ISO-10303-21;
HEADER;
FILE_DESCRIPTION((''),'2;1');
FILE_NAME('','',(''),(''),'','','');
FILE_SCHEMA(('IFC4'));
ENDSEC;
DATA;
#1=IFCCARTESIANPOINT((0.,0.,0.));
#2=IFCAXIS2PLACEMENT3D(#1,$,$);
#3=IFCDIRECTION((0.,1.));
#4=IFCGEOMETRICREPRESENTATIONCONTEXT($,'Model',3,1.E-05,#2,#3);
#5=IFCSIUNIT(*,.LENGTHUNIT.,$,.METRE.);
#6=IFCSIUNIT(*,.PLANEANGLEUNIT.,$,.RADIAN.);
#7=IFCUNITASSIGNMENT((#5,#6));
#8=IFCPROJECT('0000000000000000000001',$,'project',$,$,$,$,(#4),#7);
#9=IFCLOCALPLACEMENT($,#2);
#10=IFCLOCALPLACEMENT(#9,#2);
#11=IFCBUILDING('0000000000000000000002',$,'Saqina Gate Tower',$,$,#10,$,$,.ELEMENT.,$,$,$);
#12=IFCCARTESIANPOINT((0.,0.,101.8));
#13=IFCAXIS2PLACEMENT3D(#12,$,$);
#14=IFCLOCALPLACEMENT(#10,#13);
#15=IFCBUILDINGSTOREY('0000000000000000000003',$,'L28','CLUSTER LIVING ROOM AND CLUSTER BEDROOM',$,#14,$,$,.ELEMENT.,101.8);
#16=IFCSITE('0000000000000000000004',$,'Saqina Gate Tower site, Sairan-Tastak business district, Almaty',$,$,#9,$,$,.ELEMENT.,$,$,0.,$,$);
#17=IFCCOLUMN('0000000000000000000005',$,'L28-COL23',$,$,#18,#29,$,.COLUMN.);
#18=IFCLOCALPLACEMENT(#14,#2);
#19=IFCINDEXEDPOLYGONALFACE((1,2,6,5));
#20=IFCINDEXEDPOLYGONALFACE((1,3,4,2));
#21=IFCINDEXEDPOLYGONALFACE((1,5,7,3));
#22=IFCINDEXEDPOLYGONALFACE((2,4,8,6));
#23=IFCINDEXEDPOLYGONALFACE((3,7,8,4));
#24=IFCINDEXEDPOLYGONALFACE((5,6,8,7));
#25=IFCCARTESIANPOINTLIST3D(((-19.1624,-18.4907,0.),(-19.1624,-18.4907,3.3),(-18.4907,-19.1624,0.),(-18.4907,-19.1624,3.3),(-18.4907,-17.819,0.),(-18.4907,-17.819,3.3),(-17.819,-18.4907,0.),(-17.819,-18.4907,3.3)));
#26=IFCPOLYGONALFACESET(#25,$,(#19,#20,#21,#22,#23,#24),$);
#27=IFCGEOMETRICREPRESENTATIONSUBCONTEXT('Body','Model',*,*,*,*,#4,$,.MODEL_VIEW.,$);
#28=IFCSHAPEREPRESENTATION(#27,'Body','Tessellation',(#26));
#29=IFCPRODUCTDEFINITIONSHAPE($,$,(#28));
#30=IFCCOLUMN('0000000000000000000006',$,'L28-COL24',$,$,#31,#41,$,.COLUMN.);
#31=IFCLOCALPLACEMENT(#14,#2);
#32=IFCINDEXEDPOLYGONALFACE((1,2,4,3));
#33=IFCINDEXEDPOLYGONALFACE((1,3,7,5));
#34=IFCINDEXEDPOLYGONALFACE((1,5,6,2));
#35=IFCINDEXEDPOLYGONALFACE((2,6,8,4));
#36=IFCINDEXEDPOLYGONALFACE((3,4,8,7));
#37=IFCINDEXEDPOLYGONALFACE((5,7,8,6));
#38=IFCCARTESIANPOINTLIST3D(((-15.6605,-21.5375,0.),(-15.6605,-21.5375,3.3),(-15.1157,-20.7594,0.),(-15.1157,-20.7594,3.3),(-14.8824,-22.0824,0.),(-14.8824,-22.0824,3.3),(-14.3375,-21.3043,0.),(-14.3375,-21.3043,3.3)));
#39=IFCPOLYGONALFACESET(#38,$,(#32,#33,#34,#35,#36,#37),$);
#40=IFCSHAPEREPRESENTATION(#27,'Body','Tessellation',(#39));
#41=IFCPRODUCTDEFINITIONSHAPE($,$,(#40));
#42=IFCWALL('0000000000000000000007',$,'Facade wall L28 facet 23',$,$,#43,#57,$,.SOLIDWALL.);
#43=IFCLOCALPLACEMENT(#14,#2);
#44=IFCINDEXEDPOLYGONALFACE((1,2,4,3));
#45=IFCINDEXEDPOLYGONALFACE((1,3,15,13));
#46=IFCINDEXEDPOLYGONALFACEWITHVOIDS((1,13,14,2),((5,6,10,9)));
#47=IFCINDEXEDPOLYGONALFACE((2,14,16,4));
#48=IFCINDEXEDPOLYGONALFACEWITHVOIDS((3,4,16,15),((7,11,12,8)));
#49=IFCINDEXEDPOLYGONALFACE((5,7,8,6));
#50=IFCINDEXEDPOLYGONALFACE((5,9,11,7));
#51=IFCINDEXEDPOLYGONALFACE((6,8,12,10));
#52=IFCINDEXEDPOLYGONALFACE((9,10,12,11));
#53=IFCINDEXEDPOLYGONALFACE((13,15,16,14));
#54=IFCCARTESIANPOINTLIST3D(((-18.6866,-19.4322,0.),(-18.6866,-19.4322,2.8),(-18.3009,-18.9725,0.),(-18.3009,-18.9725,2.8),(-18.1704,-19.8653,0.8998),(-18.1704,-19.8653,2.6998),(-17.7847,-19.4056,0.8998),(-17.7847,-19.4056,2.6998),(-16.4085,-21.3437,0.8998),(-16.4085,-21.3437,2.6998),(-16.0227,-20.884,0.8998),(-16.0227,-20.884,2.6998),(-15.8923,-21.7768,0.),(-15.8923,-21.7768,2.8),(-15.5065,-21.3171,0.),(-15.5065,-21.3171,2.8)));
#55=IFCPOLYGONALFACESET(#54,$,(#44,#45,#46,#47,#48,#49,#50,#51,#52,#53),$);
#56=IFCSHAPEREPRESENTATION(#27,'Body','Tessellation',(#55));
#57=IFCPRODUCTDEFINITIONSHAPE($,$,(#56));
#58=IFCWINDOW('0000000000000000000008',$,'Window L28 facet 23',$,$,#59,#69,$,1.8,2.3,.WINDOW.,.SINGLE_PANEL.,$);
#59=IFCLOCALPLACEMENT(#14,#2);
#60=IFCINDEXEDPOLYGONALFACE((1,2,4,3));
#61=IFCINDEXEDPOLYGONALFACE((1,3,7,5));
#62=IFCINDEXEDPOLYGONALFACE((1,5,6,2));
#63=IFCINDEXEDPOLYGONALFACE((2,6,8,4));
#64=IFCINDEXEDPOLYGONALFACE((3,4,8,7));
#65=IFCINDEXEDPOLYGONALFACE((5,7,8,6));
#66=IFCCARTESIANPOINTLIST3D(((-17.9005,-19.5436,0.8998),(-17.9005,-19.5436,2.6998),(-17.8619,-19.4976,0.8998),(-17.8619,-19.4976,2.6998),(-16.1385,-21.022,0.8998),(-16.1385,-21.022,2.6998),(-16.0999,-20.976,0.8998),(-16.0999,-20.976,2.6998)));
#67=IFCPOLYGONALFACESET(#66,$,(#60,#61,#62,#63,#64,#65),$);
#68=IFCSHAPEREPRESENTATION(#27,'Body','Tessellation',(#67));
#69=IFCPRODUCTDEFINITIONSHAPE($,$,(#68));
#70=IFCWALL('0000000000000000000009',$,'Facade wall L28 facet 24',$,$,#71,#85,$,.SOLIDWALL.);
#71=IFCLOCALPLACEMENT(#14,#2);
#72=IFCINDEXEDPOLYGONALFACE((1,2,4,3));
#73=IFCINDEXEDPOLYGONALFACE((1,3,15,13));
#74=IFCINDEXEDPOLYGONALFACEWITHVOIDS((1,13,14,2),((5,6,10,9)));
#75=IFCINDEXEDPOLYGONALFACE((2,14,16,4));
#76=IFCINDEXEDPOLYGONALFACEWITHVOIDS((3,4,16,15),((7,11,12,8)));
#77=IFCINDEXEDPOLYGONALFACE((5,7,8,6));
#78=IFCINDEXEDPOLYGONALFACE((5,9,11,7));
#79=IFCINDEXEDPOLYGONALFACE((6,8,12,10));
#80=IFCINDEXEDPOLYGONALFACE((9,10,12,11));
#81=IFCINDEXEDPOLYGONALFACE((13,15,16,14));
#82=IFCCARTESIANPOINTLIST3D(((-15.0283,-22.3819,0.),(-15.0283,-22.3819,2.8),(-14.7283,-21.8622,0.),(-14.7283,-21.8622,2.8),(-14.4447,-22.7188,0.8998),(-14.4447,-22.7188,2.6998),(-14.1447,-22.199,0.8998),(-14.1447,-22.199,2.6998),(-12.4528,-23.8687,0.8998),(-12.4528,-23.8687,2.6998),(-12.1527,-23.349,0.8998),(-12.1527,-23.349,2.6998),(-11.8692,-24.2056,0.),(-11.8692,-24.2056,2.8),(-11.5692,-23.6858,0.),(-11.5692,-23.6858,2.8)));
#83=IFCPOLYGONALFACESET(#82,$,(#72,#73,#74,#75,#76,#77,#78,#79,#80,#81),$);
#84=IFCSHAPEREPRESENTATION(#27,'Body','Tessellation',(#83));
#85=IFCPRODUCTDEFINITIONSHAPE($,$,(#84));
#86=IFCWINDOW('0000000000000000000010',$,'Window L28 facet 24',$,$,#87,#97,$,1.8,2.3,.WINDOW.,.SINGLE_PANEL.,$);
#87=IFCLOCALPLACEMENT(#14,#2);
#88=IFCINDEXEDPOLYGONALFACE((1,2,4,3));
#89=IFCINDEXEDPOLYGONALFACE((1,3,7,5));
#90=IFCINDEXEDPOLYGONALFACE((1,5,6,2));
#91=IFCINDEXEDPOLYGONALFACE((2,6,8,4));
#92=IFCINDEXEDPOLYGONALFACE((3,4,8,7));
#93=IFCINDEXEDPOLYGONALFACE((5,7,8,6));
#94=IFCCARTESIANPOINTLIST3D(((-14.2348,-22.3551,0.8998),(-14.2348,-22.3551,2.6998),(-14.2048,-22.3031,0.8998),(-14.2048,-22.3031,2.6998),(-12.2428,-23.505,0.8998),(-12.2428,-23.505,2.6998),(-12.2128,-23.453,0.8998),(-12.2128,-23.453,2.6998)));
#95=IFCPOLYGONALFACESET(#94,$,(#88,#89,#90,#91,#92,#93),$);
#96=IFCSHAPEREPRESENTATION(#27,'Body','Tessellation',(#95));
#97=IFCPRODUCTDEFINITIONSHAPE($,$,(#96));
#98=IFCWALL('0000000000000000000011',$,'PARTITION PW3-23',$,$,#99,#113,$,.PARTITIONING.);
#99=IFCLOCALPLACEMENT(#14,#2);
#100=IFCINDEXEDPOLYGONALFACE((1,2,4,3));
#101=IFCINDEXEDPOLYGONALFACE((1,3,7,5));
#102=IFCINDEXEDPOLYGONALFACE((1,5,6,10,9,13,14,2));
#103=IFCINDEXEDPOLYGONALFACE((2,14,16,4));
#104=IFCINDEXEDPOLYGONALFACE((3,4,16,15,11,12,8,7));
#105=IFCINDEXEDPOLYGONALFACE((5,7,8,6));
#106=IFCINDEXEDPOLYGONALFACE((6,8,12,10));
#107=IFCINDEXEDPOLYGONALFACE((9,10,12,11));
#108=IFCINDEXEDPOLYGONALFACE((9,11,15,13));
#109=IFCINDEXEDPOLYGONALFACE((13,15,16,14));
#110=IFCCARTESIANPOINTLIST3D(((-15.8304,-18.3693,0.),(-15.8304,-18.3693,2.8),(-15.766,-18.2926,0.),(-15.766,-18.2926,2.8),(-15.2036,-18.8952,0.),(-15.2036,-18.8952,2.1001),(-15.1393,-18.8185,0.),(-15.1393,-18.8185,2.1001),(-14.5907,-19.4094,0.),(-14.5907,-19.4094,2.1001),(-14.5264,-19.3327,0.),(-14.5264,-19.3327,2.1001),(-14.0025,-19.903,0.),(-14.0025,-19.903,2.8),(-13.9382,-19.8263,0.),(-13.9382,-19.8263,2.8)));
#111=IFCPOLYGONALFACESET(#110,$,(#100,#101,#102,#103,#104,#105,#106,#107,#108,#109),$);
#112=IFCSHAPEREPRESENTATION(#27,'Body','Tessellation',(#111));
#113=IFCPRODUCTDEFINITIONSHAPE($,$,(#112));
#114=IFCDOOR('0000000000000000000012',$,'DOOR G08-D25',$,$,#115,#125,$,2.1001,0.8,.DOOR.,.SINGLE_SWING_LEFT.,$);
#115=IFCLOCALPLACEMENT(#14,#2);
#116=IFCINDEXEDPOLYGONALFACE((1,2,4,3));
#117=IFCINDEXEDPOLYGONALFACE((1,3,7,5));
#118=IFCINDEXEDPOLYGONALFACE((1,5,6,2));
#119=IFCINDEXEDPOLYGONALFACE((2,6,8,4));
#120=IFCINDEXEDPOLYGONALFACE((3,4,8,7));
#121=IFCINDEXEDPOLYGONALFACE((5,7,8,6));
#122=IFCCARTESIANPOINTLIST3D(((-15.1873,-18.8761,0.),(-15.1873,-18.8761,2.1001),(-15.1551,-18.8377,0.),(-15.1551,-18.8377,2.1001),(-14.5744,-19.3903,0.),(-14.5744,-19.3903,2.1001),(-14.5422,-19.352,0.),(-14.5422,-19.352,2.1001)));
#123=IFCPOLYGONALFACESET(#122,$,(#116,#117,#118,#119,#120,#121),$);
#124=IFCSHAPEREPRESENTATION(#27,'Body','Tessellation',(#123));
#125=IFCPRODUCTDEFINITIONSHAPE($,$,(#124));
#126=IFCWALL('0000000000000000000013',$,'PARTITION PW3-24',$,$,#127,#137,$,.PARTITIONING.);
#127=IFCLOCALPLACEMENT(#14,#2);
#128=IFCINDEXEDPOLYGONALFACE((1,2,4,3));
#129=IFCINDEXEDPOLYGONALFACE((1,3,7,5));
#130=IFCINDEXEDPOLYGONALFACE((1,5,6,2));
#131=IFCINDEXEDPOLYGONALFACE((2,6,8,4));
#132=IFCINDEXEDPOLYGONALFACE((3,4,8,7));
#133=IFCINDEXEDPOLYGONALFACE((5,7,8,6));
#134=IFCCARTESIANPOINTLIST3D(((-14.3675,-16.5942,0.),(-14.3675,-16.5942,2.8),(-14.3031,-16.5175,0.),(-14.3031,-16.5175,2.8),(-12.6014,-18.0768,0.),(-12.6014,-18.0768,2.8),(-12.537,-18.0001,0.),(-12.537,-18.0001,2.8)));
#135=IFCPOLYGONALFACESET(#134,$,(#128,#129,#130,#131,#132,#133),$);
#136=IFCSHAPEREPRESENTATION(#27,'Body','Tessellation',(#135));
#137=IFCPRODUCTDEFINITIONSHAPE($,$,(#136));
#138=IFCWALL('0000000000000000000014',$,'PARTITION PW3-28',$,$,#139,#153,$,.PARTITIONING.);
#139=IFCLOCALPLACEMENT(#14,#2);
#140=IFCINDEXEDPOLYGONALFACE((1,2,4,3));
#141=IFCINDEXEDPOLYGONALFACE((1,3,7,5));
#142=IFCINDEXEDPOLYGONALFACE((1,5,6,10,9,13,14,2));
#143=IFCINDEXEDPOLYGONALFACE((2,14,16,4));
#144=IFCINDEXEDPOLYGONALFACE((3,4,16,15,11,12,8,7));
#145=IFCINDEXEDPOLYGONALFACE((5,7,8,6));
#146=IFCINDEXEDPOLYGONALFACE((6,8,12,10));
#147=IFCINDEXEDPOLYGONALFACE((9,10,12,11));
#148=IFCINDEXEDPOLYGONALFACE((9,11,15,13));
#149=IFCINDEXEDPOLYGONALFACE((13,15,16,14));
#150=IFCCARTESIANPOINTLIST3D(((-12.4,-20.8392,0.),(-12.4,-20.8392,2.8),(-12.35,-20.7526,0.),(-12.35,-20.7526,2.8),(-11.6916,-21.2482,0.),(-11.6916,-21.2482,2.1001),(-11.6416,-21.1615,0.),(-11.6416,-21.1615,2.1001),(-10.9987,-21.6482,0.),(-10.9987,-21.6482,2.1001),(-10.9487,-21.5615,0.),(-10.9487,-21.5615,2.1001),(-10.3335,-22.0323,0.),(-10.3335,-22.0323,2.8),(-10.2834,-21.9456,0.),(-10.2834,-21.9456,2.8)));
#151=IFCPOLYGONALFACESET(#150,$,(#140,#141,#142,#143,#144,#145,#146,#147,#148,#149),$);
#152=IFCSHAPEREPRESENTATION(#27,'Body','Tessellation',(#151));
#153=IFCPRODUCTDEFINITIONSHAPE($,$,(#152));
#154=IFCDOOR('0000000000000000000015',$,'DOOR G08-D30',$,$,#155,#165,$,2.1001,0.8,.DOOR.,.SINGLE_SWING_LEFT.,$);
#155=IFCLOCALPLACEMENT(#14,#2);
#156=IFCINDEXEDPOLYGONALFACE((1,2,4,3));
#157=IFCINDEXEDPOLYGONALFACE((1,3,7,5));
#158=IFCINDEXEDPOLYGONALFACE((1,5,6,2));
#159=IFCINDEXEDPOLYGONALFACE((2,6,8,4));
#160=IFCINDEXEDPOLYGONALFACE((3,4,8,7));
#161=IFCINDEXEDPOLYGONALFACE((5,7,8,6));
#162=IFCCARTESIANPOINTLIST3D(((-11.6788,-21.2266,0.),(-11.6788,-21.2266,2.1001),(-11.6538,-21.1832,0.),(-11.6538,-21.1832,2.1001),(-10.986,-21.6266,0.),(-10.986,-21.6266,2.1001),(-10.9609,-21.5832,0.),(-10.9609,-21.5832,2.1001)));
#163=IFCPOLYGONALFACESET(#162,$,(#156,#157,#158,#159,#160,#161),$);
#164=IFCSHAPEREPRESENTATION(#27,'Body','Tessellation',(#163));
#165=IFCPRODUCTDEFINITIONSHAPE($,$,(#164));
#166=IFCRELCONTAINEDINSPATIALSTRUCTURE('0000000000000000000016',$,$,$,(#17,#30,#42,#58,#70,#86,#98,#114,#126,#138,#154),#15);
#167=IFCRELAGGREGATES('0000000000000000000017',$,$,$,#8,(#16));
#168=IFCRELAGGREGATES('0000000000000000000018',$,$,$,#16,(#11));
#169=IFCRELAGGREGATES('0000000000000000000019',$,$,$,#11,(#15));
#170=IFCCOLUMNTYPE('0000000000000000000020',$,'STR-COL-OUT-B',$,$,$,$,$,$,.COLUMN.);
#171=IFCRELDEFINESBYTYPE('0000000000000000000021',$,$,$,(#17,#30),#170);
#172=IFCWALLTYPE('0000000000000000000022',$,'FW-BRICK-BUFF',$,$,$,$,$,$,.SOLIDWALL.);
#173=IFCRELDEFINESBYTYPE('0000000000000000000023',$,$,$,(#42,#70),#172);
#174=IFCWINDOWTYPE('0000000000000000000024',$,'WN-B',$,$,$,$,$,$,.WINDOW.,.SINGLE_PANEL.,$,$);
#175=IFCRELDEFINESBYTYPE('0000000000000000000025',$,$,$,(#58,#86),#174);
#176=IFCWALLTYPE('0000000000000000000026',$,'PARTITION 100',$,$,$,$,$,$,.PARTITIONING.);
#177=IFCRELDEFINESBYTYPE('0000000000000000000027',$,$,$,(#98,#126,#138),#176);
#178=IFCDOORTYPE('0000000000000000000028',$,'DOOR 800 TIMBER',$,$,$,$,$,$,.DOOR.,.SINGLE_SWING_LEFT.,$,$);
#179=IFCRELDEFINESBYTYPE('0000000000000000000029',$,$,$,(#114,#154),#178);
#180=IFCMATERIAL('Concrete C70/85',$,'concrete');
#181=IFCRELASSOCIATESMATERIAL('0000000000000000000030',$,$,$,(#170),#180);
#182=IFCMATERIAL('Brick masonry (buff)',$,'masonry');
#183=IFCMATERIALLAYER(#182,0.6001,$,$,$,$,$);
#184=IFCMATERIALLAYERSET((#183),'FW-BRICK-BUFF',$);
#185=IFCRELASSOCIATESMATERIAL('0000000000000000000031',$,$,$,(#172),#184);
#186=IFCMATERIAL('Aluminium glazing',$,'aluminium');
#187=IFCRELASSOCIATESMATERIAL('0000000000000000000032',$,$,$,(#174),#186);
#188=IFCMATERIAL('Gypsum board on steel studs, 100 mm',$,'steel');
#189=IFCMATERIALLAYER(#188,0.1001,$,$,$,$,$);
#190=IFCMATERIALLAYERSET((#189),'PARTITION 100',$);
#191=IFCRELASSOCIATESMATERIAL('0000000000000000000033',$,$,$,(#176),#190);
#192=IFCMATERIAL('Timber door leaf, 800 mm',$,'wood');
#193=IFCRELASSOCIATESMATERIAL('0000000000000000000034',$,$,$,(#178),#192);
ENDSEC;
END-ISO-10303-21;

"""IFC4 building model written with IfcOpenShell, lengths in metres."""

from ifc_helpers import new_model, si_unit, direction, frame, frame_2d, origin, origin_2d, place, context, subcontext, project, spatial, rectangle, extrude, material, layer, layer_set, material_profile, profile_set, type_object, element, fill, save


model = new_model("IFC4")

# Units and contexts
model_context = context("Model", 3, precision=1e-05, world=origin(), true_north=direction((0.0, 1.0)))
body_context = subcontext(model_context, "Body", "Model", "MODEL_VIEW")
ifc_project = project(units=[si_unit("LENGTHUNIT", "METRE"), si_unit("PLANEANGLEUNIT", "RADIAN")], contexts=[model_context])

# Site, building, storey
site_placement = place(None, origin())
site = spatial("IfcSite", under=ifc_project, at=site_placement, Name="Saqina Gate Tower site, Sairan-Tastak business district, Almaty", CompositionType="ELEMENT", RefElevation=0.0)
building_placement = place(site_placement, origin())
building = spatial("IfcBuilding", under=site, at=building_placement, Name="Saqina Gate Tower", CompositionType="ELEMENT")
storey_placement = place(building_placement, frame((0.0, 0.0, 101.8)))
storey = spatial("IfcBuildingStorey", under=building, at=storey_placement, Name="L28", Description="CLUSTER LIVING ROOM AND CLUSTER BEDROOM", CompositionType="ELEMENT", Elevation=101.8)

# Columns
ifc_material_1 = material(Name="Concrete C70/85", Category="concrete")
ifc_material_profile = material_profile(ifc_material_1, rectangle(XDim=0.95, YDim=0.95, at=origin_2d()), Name="RC 950x950")
ifc_profile_set = profile_set([ifc_material_profile], Name="Concrete C70/85")
column_type = type_object("IfcColumnType", Name="STR-COL-OUT-B", PredefinedType="COLUMN", material=ifc_profile_set)
for number, where, z_axis, x_axis, name in (
    (1, (-18.4907, -18.4907, 0.0), (0.0, 0.0, 1.0), (-0.707107, -0.707107, 0.0), "L28-COL23"),
    (2, (-14.999, -21.4209, 0.0), (0.0, 0.0, 1.0), (-0.573576, -0.819152, 0.0), "L28-COL24"),
):
    element("IfcColumn", number, at=place(storey_placement, frame(where, z_axis=z_axis, x_axis=x_axis)), inside=storey, type_object=column_type, Name=name, PredefinedType="COLUMN", context=body_context, shape_type="SweptSolid", body=[
        extrude(rectangle(XDim=0.95, YDim=0.95, at=origin_2d()), origin(), (0.0, 0.0, 1.0), 3.3),
    ])

# Walls, openings, windows
ifc_material_2 = material(Name="Brick masonry (buff)", Category="masonry")
ifc_layer_1 = layer(ifc_material_2, 0.6001)
ifc_layer_set_1 = layer_set([ifc_layer_1], Name="FW-BRICK-BUFF")
wall_type_1 = type_object("IfcWallType", Name="FW-BRICK-BUFF", PredefinedType="SOLIDWALL", material=ifc_layer_set_1)
wall_1_placement = place(storey_placement, frame((-18.4937, -19.2024, 0.0), z_axis=(0.0, 0.0, 1.0), x_axis=(0.766055, -0.642774, 0.0)))
wall_1 = element("IfcWall", 3, at=wall_1_placement, inside=storey, type_object=wall_type_1, Name="Facade wall L28 facet 23", PredefinedType="SOLIDWALL", context=body_context, shape_type="SweptSolid", body=[
    extrude(rectangle(XDim=3.6477, YDim=0.6001, at=frame_2d((1.8237, 0.0))), origin(), (0.0, 0.0, 1.0), 2.8),
])
opening_1_placement = place(wall_1_placement, frame((0.6738, 0.0, 0.8999)))
opening_1 = element("IfcOpeningElement", 4, at=opening_1_placement, cuts=wall_1, PredefinedType="OPENING", context=body_context, shape_type="SweptSolid", body=[
    extrude(rectangle(XDim=2.3, YDim=1.8, at=frame_2d((1.1499, 0.8999))), frame((0.0, 0.312, 0.0), z_axis=(0.0, -1.0, 0.0), x_axis=(1.0, 0.0, 0.0)), (0.0, 0.0, 1.0), 0.624),
])
ifc_material_3 = material(Name="Aluminium glazing", Category="aluminium")
window_type = type_object("IfcWindowType", Name="WN-B", PartitioningType="SINGLE_PANEL", PredefinedType="WINDOW", material=ifc_material_3)
window_1_placement = place(opening_1_placement, origin())
window_1 = element("IfcWindow", 5, at=window_1_placement, inside=storey, type_object=window_type, Name="Window L28 facet 23", OverallHeight=1.8, OverallWidth=2.3, PartitioningType="SINGLE_PANEL", PredefinedType="WINDOW", context=body_context, shape_type="SweptSolid", body=[
    extrude(rectangle(XDim=2.3, YDim=1.8, at=frame_2d((1.1499, 0.8999))), frame((0.0, 0.1799, 0.0), z_axis=(0.0, -1.0, 0.0), x_axis=(1.0, 0.0, 0.0)), (0.0, 0.0, 1.0), 0.0601),
])
fill(opening_1, window_1)
wall_2_placement = place(storey_placement, frame((-14.8782, -22.1221, 0.0), z_axis=(0.0, 0.0, 1.0), x_axis=(0.866052, -0.499954, 0.0)))
wall_2 = element("IfcWall", 6, at=wall_2_placement, inside=storey, type_object=wall_type_1, Name="Facade wall L28 facet 24", PredefinedType="SOLIDWALL", context=body_context, shape_type="SweptSolid", body=[
    extrude(rectangle(XDim=3.6477, YDim=0.6001, at=frame_2d((1.8237, 0.0))), origin(), (0.0, 0.0, 1.0), 2.8),
])
opening_2_placement = place(wall_2_placement, frame((0.6738, 0.0, 0.8999)))
opening_2 = element("IfcOpeningElement", 7, at=opening_2_placement, cuts=wall_2, PredefinedType="OPENING", context=body_context, shape_type="SweptSolid", body=[
    extrude(rectangle(XDim=2.3, YDim=1.8, at=frame_2d((1.1499, 0.8999))), frame((0.0, 0.312, 0.0), z_axis=(0.0, -1.0, 0.0), x_axis=(1.0, 0.0, 0.0)), (0.0, 0.0, 1.0), 0.624),
])
window_2_placement = place(opening_2_placement, origin())
window_2 = element("IfcWindow", 8, at=window_2_placement, inside=storey, type_object=window_type, Name="Window L28 facet 24", OverallHeight=1.8, OverallWidth=2.3, PartitioningType="SINGLE_PANEL", PredefinedType="WINDOW", context=body_context, shape_type="SweptSolid", body=[
    extrude(rectangle(XDim=2.3, YDim=1.8, at=frame_2d((1.1499, 0.8999))), frame((0.0, 0.1799, 0.0), z_axis=(0.0, -1.0, 0.0), x_axis=(1.0, 0.0, 0.0)), (0.0, 0.0, 1.0), 0.0601),
])
fill(opening_2, window_2)

# Wall, opening, door
ifc_material_4 = material(Name="Gypsum board on steel studs, 100 mm", Category="steel")
ifc_layer_2 = layer(ifc_material_4, 0.1001)
ifc_layer_set_2 = layer_set([ifc_layer_2], Name="PARTITION 100")
wall_type_2 = type_object("IfcWallType", Name="PARTITION 100", PredefinedType="PARTITIONING", material=ifc_layer_set_2)
wall_3_placement = place(storey_placement, frame((-15.7981, -18.3311, 0.0), z_axis=(0.0, 0.0, 1.0), x_axis=(0.766062, -0.642767, 0.0)))
wall_3 = element("IfcWall", 9, at=wall_3_placement, inside=storey, type_object=wall_type_2, Name="PARTITION PW3-23", PredefinedType="PARTITIONING", context=body_context, shape_type="SweptSolid", body=[
    extrude(rectangle(XDim=2.386, YDim=0.1001, at=frame_2d((1.1929, 0.0))), origin(), (0.0, 0.0, 1.0), 2.8),
])
opening_3_placement = place(wall_3_placement, frame((0.8181, 0.0, 0.0)))
opening_3 = element("IfcOpeningElement", 10, at=opening_3_placement, cuts=wall_3, PredefinedType="OPENING", context=body_context, shape_type="SweptSolid", body=[
    extrude(rectangle(XDim=0.8, YDim=2.1001, at=frame_2d((0.3999, 1.05))), frame((0.0, 0.062, 0.0), z_axis=(0.0, -1.0, 0.0), x_axis=(1.0, 0.0, 0.0)), (0.0, 0.0, 1.0), 0.124),
])
ifc_material_5 = material(Name="Timber door leaf, 800 mm", Category="wood")
door_type_1 = type_object("IfcDoorType", Name="DOOR 800 TIMBER", OperationType="SINGLE_SWING_LEFT", PredefinedType="DOOR", material=ifc_material_5)
door_1_placement = place(opening_3_placement, frame((0.8, 0.0, 0.0), z_axis=(0.0, 0.0, 1.0), x_axis=(-1.0, 0.0, 0.0)))
door_1 = element("IfcDoor", 11, at=door_1_placement, inside=storey, type_object=door_type_1, Name="DOOR G08-D25", OperationType="SINGLE_SWING_LEFT", OverallHeight=2.1001, OverallWidth=0.8, PredefinedType="DOOR", context=body_context, shape_type="SweptSolid", body=[
    extrude(rectangle(XDim=0.8, YDim=2.1001, at=frame_2d((0.3999, 1.05))), frame((0.0, 0.0249, 0.0), z_axis=(0.0, -1.0, 0.0), x_axis=(1.0, 0.0, 0.0)), (0.0, 0.0, 1.0), 0.05),
])
fill(opening_3, door_1)

# Wall
wall_4_placement = place(storey_placement, frame((-14.3352, -16.5559, 0.0), z_axis=(0.0, 0.0, 1.0), x_axis=(0.76589, -0.642971, 0.0)))
element("IfcWall", 12, at=wall_4_placement, inside=storey, type_object=wall_type_2, Name="PARTITION PW3-24", PredefinedType="PARTITIONING", context=body_context, shape_type="SweptSolid", body=[
    extrude(rectangle(XDim=2.3059, YDim=0.1001, at=frame_2d((1.1528, 0.0))), origin(), (0.0, 0.0, 1.0), 2.8),
])

# Wall, opening, door
wall_5_placement = place(storey_placement, frame((-12.375, -20.7959, 0.0), z_axis=(0.0, 0.0, 1.0), x_axis=(0.866037, -0.499979, 0.0)))
wall_5 = element("IfcWall", 13, at=wall_5_placement, inside=storey, type_object=wall_type_2, Name="PARTITION PW3-28", PredefinedType="PARTITIONING", context=body_context, shape_type="SweptSolid", body=[
    extrude(rectangle(XDim=2.3862, YDim=0.1001, at=frame_2d((1.1931, 0.0))), origin(), (0.0, 0.0, 1.0), 2.8),
])
opening_4_placement = place(wall_5_placement, frame((0.8181, 0.0, 0.0)))
opening_4 = element("IfcOpeningElement", 14, at=opening_4_placement, cuts=wall_5, PredefinedType="OPENING", context=body_context, shape_type="SweptSolid", body=[
    extrude(rectangle(XDim=0.8, YDim=2.1001, at=frame_2d((0.3999, 1.05))), frame((0.0, 0.062, 0.0), z_axis=(0.0, -1.0, 0.0), x_axis=(1.0, 0.0, 0.0)), (0.0, 0.0, 1.0), 0.124),
])
door_2_placement = place(opening_4_placement, frame((0.8, 0.0, 0.0), z_axis=(0.0, 0.0, 1.0), x_axis=(-1.0, 0.0, 0.0)))
door_2 = element("IfcDoor", 15, at=door_2_placement, inside=storey, type_object=door_type_1, Name="DOOR G08-D30", OperationType="SINGLE_SWING_LEFT", OverallHeight=2.1001, OverallWidth=0.8, PredefinedType="DOOR", context=body_context, shape_type="SweptSolid", body=[
    extrude(rectangle(XDim=0.8, YDim=2.1001, at=frame_2d((0.3999, 1.05))), frame((0.0, 0.0249, 0.0), z_axis=(0.0, -1.0, 0.0), x_axis=(1.0, 0.0, 0.0)), (0.0, 0.0, 1.0), 0.05),
])
fill(opening_4, door_2)

save(model, "model.ifc")
